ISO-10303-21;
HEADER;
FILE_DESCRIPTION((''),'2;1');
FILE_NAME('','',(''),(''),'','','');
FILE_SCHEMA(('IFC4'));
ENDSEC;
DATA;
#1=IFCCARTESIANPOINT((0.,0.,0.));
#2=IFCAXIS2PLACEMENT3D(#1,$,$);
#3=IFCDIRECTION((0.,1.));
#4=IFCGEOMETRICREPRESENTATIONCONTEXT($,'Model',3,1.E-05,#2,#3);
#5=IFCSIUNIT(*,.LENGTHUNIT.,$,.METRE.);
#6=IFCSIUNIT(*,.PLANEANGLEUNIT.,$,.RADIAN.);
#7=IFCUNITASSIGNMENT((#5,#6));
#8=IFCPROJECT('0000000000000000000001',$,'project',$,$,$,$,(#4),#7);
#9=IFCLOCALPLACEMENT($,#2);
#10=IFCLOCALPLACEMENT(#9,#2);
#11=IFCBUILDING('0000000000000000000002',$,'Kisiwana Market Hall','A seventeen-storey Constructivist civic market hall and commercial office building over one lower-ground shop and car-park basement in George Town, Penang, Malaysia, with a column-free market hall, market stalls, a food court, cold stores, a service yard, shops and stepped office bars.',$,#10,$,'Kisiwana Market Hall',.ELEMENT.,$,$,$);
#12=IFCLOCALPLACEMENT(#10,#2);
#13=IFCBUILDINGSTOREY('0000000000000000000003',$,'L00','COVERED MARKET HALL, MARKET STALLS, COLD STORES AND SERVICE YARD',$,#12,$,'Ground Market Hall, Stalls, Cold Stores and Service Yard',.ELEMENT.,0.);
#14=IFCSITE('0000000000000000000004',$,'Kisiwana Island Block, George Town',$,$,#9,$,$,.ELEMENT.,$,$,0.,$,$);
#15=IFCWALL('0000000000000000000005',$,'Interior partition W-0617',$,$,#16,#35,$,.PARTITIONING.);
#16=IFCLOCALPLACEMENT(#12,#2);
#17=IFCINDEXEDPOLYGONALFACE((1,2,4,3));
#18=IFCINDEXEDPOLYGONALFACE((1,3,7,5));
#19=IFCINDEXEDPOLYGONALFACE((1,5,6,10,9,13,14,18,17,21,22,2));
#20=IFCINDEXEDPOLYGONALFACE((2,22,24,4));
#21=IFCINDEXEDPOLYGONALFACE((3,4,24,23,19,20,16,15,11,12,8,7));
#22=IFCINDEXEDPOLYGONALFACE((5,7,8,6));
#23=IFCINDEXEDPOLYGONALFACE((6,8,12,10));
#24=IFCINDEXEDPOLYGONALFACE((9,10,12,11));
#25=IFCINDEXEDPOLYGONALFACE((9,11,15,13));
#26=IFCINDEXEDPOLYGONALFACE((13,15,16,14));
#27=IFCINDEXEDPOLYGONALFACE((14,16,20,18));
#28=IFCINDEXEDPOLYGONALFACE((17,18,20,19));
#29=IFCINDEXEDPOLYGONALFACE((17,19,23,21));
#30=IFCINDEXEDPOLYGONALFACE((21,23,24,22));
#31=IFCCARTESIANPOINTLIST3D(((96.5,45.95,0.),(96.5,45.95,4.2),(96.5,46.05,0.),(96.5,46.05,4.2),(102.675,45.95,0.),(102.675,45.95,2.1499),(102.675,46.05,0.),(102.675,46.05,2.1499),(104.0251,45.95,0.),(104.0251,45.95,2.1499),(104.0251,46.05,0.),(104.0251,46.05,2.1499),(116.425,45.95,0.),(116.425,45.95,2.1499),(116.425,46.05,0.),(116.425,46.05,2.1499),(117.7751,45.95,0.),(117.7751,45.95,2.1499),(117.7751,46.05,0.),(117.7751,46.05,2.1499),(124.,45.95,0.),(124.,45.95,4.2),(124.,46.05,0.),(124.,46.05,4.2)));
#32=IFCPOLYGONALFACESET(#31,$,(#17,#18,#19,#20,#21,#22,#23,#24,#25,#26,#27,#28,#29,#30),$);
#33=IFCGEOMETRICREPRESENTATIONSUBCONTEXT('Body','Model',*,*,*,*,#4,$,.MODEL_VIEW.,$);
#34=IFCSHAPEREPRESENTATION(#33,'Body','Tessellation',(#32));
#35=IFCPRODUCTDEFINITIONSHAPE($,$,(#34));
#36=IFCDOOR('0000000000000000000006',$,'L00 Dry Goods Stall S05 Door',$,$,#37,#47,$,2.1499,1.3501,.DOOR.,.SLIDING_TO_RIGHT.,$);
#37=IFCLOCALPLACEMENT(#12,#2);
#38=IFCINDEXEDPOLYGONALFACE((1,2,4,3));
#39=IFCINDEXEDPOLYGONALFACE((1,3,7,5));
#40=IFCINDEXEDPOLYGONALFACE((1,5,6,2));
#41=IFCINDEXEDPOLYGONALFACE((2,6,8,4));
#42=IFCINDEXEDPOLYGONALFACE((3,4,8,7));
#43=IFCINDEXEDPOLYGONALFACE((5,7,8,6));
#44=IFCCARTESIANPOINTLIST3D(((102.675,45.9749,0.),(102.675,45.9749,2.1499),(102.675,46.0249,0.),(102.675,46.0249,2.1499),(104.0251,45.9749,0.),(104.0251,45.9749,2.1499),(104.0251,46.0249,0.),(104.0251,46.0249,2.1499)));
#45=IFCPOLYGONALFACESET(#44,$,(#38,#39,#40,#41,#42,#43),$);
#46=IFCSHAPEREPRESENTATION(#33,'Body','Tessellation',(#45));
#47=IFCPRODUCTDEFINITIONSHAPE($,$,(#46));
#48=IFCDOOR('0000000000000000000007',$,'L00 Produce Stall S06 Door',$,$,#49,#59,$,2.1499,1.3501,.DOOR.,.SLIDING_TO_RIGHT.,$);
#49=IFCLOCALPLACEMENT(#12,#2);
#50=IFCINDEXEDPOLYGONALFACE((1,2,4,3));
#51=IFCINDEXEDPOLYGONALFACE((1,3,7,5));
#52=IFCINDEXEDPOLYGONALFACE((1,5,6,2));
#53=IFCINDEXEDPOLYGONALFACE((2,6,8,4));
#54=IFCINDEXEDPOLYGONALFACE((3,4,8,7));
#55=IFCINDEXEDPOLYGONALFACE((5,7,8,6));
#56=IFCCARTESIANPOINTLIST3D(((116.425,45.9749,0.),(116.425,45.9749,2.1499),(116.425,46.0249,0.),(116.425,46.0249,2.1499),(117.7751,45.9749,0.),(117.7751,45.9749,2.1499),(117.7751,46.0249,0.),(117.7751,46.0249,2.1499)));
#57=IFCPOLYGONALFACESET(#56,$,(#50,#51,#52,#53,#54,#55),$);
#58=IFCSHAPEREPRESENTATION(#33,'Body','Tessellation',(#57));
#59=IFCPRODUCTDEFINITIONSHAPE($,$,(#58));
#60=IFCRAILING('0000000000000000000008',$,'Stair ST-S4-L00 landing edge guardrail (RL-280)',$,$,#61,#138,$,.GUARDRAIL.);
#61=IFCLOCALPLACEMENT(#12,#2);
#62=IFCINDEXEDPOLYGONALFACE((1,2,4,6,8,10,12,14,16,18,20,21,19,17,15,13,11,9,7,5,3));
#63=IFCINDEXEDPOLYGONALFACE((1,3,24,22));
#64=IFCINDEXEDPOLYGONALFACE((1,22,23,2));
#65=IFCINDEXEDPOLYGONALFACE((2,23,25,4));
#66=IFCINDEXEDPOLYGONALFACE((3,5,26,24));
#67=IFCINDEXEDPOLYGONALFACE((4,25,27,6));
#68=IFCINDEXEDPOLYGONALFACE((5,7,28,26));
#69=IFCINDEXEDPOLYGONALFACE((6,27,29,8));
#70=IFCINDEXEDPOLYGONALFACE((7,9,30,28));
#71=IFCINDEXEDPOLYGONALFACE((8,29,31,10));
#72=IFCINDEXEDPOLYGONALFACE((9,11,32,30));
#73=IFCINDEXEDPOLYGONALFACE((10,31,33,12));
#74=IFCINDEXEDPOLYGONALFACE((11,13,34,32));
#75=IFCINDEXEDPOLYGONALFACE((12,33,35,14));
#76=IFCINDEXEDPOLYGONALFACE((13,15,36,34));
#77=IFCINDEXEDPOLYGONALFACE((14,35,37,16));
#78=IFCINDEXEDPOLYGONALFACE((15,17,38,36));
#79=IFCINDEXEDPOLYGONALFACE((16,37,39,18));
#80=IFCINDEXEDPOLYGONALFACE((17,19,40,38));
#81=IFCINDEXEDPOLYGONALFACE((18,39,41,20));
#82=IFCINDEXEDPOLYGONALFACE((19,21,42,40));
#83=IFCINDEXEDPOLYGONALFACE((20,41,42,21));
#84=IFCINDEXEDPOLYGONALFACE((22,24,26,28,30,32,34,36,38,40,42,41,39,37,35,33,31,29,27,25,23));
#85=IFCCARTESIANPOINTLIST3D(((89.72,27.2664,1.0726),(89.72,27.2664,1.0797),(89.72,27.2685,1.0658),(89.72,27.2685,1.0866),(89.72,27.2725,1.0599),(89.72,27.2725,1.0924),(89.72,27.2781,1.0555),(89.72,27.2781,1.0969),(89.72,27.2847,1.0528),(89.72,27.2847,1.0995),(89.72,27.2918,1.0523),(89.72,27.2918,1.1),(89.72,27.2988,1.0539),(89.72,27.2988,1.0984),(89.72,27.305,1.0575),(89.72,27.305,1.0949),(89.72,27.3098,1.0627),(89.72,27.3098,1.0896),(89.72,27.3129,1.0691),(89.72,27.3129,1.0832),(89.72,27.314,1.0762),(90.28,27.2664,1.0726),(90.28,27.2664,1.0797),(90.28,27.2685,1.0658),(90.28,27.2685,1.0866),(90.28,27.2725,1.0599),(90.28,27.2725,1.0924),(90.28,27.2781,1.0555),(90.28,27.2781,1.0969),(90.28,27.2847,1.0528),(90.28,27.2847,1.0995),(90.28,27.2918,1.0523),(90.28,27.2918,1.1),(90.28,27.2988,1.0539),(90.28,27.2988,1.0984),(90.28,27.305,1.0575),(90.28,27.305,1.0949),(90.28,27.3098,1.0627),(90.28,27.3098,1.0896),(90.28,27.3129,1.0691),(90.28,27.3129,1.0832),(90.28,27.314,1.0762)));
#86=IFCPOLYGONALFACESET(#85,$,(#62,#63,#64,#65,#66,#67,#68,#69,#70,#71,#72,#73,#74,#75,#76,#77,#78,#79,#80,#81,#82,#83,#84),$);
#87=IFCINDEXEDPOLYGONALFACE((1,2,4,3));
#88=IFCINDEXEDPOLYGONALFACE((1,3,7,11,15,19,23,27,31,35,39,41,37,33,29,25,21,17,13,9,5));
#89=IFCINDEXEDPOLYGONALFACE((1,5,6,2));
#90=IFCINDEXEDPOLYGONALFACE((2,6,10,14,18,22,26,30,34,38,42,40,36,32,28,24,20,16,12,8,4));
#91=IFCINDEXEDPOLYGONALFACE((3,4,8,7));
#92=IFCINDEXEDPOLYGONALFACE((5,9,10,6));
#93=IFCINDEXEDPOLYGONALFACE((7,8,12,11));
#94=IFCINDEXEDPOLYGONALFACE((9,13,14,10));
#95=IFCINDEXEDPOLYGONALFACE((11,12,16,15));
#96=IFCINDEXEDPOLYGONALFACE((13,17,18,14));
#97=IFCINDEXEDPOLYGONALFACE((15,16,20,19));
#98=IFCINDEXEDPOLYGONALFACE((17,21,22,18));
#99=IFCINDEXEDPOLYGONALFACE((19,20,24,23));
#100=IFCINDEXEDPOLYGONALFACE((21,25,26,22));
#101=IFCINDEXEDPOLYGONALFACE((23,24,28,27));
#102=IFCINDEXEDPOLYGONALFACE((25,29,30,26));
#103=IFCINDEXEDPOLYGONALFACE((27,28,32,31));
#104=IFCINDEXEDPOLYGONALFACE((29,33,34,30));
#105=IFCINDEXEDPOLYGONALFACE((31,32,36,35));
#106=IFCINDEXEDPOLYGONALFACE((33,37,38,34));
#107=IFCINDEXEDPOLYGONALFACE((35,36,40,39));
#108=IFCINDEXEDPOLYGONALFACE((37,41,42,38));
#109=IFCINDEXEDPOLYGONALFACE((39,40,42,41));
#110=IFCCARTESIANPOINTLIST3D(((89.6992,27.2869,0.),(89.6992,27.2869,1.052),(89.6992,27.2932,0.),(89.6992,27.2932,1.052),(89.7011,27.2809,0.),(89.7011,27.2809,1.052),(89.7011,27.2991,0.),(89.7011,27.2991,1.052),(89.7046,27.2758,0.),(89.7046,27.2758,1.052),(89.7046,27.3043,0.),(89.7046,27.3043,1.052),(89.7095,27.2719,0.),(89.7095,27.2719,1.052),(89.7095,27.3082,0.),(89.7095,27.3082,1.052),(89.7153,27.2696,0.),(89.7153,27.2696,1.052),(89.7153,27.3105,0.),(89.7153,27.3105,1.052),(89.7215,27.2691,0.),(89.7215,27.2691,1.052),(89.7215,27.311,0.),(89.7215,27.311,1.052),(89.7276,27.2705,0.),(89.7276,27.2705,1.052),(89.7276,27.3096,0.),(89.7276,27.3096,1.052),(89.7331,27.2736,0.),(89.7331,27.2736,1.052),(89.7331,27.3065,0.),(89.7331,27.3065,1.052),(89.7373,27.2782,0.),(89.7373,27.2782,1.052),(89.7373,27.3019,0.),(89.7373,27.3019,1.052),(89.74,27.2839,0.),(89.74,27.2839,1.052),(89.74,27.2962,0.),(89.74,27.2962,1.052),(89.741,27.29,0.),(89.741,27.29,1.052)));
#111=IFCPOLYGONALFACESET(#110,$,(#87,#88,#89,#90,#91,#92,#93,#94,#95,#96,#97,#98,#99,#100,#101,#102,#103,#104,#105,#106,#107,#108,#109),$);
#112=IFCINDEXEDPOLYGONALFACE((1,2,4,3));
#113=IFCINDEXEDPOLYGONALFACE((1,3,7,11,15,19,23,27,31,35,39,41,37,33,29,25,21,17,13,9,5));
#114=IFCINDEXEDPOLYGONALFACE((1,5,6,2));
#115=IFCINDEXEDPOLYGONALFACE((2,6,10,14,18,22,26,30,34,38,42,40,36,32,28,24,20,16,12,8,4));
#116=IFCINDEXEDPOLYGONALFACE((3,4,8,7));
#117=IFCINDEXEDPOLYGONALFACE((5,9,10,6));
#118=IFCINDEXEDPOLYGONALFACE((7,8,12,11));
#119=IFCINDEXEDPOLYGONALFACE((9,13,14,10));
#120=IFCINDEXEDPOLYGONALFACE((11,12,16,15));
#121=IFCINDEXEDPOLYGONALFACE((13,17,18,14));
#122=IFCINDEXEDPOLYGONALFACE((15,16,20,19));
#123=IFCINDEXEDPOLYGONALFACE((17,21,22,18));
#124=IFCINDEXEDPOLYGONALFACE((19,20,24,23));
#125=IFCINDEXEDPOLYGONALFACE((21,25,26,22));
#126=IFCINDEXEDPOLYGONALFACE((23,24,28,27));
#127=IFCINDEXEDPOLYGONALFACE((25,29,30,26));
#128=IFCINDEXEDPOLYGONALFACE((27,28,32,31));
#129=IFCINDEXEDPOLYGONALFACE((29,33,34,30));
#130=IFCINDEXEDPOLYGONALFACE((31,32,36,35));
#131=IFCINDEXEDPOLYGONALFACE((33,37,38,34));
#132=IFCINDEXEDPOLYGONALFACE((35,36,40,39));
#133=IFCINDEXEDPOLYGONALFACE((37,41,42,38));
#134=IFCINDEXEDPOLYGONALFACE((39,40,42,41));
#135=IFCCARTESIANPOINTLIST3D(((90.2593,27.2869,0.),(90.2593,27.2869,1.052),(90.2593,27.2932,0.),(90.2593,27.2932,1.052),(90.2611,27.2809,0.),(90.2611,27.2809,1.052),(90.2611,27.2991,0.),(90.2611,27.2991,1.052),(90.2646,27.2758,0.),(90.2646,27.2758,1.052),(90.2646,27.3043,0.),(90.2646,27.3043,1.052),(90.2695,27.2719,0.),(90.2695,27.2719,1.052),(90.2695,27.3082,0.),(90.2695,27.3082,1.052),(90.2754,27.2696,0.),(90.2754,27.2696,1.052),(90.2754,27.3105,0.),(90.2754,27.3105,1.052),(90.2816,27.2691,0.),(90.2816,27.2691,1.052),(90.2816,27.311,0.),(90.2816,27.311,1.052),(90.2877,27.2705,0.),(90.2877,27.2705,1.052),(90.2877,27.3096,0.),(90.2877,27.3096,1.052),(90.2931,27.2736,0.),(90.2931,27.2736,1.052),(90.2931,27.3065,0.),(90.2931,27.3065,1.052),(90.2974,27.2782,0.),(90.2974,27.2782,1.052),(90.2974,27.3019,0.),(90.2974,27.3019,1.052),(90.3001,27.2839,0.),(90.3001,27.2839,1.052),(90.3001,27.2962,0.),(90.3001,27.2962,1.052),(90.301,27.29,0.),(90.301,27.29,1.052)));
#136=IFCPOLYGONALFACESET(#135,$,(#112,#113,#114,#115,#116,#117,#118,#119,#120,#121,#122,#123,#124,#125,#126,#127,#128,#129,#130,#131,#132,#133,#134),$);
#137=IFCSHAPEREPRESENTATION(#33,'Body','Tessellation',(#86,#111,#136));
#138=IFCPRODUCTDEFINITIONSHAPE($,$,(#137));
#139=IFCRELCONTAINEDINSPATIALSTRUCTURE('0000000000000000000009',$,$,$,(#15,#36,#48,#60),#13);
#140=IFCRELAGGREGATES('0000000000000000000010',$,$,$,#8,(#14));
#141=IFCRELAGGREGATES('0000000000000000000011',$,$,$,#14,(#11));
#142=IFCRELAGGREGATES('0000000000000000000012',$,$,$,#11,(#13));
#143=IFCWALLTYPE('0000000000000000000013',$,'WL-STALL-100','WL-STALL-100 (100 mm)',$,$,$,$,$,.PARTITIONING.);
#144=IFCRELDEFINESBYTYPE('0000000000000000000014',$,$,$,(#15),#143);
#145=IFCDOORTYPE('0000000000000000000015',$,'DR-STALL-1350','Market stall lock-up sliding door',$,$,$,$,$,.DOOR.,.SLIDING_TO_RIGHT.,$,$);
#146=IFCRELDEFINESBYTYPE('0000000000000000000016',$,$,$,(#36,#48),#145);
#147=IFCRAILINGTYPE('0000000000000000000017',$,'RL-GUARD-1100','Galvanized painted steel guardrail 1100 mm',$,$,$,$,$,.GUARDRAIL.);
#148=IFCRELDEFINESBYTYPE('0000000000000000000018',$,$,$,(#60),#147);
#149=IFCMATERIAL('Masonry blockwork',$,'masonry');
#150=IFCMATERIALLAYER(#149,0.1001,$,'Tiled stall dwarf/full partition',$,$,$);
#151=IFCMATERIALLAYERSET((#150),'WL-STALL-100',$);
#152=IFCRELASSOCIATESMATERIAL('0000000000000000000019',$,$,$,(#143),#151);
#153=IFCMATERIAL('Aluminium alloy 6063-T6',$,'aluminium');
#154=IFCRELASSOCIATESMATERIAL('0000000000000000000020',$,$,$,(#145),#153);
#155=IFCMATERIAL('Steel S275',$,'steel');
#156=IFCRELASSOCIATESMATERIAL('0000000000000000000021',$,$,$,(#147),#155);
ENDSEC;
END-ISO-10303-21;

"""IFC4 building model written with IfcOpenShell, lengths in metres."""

from ifc_helpers import new_model, si_unit, direction, frame, frame_2d, origin, origin_2d, place, context, subcontext, project, spatial, rectangle, circle, extrude, material, layer, layer_set, type_object, element, fill, save


model = new_model("IFC4")

# Units and contexts
model_context = context("Model", 3, precision=1e-05, world=origin(), true_north=direction((0.0, 1.0)))
body_context = subcontext(model_context, "Body", "Model", "MODEL_VIEW")
ifc_project = project(units=[si_unit("LENGTHUNIT", "METRE"), si_unit("PLANEANGLEUNIT", "RADIAN")], contexts=[model_context])

# Site, building, storey
site_placement = place(None, origin())
site = spatial("IfcSite", under=ifc_project, at=site_placement, Name="Kisiwana Island Block, George Town", CompositionType="ELEMENT", RefElevation=0.0)
building_placement = place(site_placement, origin())
building = spatial("IfcBuilding", under=site, at=building_placement, Name="Kisiwana Market Hall", Description="A seventeen-storey Constructivist civic market hall and commercial office building over one lower-ground shop and car-park basement in George Town, Penang, Malaysia, with a column-free market hall, market stalls, a food court, cold stores, a service yard, shops and stepped office bars.", LongName="Kisiwana Market Hall", CompositionType="ELEMENT")
storey_placement = place(building_placement, origin())
storey = spatial("IfcBuildingStorey", under=building, at=storey_placement, Name="L00", Description="COVERED MARKET HALL, MARKET STALLS, COLD STORES AND SERVICE YARD", LongName="Ground Market Hall, Stalls, Cold Stores and Service Yard", CompositionType="ELEMENT", Elevation=0.0)

# Shared definitions
ifc_material_1 = material(Name="Masonry blockwork", Category="masonry")
ifc_layer_1 = layer(ifc_material_1, 0.1001, Name="Tiled stall dwarf/full partition")
ifc_layer_set_1 = layer_set([ifc_layer_1], Name="WL-STALL-100")
wall_type_1 = type_object("IfcWallType", Name="WL-STALL-100", Description="WL-STALL-100 (100 mm)", PredefinedType="PARTITIONING", material=ifc_layer_set_1)

# Wall, openings, doors
wall_1_placement = place(storey_placement, frame((96.5, 46.0, 0.0), z_axis=(0.0, 0.0, 1.0), x_axis=(1.0, 0.0, 0.0)))
wall_1 = element("IfcWall", 1, at=wall_1_placement, inside=storey, type_object=wall_type_1, Name="Interior partition W-0617", PredefinedType="PARTITIONING", context=body_context, shape_type="SweptSolid", body=[
    extrude(rectangle(XDim=27.5, YDim=0.1001, at=frame_2d((13.75, 0.0))), origin(), (0.0, 0.0, 1.0), 4.2),
])
opening_1_placement = place(wall_1_placement, frame((6.175, 0.0, 0.0)))
opening_1 = element("IfcOpeningElement", 2, at=opening_1_placement, cuts=wall_1, PredefinedType="OPENING", context=body_context, shape_type="SweptSolid", body=[
    extrude(rectangle(XDim=1.3501, YDim=2.1499, at=frame_2d((0.675, 1.075))), frame((0.0, 0.062, 0.0), z_axis=(0.0, -1.0, 0.0), x_axis=(1.0, 0.0, 0.0)), (0.0, 0.0, 1.0), 0.124),
])
opening_2_placement = place(wall_1_placement, frame((19.925, 0.0, 0.0)))
opening_2 = element("IfcOpeningElement", 3, at=opening_2_placement, cuts=wall_1, PredefinedType="OPENING", context=body_context, shape_type="SweptSolid", body=[
    extrude(rectangle(XDim=1.3501, YDim=2.1499, at=frame_2d((0.675, 1.075))), frame((0.0, 0.062, 0.0), z_axis=(0.0, -1.0, 0.0), x_axis=(1.0, 0.0, 0.0)), (0.0, 0.0, 1.0), 0.124),
])
ifc_material_2 = material(Name="Aluminium alloy 6063-T6", Category="aluminium")
door_type_1 = type_object("IfcDoorType", Name="DR-STALL-1350", Description="Market stall lock-up sliding door", OperationType="SLIDING_TO_RIGHT", PredefinedType="DOOR", material=ifc_material_2)
door_1_placement = place(opening_1_placement, origin())
door_1 = element("IfcDoor", 4, at=door_1_placement, inside=storey, type_object=door_type_1, Name="L00 Dry Goods Stall S05 Door", OperationType="SLIDING_TO_RIGHT", OverallHeight=2.1499, OverallWidth=1.3501, PredefinedType="DOOR", context=body_context, shape_type="SweptSolid", body=[
    extrude(rectangle(XDim=1.3501, YDim=2.1499, at=frame_2d((0.675, 1.075))), frame((0.0, 0.0249, 0.0), z_axis=(0.0, -1.0, 0.0), x_axis=(1.0, 0.0, 0.0)), (0.0, 0.0, 1.0), 0.05),
])
fill(opening_1, door_1)
door_2_placement = place(opening_2_placement, origin())
door_2 = element("IfcDoor", 5, at=door_2_placement, inside=storey, type_object=door_type_1, Name="L00 Produce Stall S06 Door", OperationType="SLIDING_TO_RIGHT", OverallHeight=2.1499, OverallWidth=1.3501, PredefinedType="DOOR", context=body_context, shape_type="SweptSolid", body=[
    extrude(rectangle(XDim=1.3501, YDim=2.1499, at=frame_2d((0.675, 1.075))), frame((0.0, 0.0249, 0.0), z_axis=(0.0, -1.0, 0.0), x_axis=(1.0, 0.0, 0.0)), (0.0, 0.0, 1.0), 0.05),
])
fill(opening_2, door_2)

# Railing
ifc_material_3 = material(Name="Steel S275", Category="steel")
railing_type_1 = type_object("IfcRailingType", Name="RL-GUARD-1100", Description="Galvanized painted steel guardrail 1100 mm", PredefinedType="GUARDRAIL", material=ifc_material_3)
railing_1_placement = place(storey_placement, frame((89.72, 27.29, 0.0)))
element("IfcRailing", 6, at=railing_1_placement, inside=storey, type_object=railing_type_1, Name="Stair ST-S4-L00 landing edge guardrail (RL-280)", PredefinedType="GUARDRAIL", context=body_context, shape_type="SweptSolid", body=[
    extrude(circle(Radius=0.0239, at=origin_2d()), frame((0.0, 0.0, 1.0762), z_axis=(1.0, 0.0, 0.0), x_axis=(0.0, 1.0, 0.0)), (0.0, 0.0, 1.0), 0.5601),
    extrude(circle(Radius=0.021, at=origin_2d()), origin(), (0.0, 0.0, 1.0), 1.052),
    extrude(circle(Radius=0.021, at=origin_2d()), frame((0.5601, 0.0, 0.0)), (0.0, 0.0, 1.0), 1.052),
])

save(model, "model.ifc")
